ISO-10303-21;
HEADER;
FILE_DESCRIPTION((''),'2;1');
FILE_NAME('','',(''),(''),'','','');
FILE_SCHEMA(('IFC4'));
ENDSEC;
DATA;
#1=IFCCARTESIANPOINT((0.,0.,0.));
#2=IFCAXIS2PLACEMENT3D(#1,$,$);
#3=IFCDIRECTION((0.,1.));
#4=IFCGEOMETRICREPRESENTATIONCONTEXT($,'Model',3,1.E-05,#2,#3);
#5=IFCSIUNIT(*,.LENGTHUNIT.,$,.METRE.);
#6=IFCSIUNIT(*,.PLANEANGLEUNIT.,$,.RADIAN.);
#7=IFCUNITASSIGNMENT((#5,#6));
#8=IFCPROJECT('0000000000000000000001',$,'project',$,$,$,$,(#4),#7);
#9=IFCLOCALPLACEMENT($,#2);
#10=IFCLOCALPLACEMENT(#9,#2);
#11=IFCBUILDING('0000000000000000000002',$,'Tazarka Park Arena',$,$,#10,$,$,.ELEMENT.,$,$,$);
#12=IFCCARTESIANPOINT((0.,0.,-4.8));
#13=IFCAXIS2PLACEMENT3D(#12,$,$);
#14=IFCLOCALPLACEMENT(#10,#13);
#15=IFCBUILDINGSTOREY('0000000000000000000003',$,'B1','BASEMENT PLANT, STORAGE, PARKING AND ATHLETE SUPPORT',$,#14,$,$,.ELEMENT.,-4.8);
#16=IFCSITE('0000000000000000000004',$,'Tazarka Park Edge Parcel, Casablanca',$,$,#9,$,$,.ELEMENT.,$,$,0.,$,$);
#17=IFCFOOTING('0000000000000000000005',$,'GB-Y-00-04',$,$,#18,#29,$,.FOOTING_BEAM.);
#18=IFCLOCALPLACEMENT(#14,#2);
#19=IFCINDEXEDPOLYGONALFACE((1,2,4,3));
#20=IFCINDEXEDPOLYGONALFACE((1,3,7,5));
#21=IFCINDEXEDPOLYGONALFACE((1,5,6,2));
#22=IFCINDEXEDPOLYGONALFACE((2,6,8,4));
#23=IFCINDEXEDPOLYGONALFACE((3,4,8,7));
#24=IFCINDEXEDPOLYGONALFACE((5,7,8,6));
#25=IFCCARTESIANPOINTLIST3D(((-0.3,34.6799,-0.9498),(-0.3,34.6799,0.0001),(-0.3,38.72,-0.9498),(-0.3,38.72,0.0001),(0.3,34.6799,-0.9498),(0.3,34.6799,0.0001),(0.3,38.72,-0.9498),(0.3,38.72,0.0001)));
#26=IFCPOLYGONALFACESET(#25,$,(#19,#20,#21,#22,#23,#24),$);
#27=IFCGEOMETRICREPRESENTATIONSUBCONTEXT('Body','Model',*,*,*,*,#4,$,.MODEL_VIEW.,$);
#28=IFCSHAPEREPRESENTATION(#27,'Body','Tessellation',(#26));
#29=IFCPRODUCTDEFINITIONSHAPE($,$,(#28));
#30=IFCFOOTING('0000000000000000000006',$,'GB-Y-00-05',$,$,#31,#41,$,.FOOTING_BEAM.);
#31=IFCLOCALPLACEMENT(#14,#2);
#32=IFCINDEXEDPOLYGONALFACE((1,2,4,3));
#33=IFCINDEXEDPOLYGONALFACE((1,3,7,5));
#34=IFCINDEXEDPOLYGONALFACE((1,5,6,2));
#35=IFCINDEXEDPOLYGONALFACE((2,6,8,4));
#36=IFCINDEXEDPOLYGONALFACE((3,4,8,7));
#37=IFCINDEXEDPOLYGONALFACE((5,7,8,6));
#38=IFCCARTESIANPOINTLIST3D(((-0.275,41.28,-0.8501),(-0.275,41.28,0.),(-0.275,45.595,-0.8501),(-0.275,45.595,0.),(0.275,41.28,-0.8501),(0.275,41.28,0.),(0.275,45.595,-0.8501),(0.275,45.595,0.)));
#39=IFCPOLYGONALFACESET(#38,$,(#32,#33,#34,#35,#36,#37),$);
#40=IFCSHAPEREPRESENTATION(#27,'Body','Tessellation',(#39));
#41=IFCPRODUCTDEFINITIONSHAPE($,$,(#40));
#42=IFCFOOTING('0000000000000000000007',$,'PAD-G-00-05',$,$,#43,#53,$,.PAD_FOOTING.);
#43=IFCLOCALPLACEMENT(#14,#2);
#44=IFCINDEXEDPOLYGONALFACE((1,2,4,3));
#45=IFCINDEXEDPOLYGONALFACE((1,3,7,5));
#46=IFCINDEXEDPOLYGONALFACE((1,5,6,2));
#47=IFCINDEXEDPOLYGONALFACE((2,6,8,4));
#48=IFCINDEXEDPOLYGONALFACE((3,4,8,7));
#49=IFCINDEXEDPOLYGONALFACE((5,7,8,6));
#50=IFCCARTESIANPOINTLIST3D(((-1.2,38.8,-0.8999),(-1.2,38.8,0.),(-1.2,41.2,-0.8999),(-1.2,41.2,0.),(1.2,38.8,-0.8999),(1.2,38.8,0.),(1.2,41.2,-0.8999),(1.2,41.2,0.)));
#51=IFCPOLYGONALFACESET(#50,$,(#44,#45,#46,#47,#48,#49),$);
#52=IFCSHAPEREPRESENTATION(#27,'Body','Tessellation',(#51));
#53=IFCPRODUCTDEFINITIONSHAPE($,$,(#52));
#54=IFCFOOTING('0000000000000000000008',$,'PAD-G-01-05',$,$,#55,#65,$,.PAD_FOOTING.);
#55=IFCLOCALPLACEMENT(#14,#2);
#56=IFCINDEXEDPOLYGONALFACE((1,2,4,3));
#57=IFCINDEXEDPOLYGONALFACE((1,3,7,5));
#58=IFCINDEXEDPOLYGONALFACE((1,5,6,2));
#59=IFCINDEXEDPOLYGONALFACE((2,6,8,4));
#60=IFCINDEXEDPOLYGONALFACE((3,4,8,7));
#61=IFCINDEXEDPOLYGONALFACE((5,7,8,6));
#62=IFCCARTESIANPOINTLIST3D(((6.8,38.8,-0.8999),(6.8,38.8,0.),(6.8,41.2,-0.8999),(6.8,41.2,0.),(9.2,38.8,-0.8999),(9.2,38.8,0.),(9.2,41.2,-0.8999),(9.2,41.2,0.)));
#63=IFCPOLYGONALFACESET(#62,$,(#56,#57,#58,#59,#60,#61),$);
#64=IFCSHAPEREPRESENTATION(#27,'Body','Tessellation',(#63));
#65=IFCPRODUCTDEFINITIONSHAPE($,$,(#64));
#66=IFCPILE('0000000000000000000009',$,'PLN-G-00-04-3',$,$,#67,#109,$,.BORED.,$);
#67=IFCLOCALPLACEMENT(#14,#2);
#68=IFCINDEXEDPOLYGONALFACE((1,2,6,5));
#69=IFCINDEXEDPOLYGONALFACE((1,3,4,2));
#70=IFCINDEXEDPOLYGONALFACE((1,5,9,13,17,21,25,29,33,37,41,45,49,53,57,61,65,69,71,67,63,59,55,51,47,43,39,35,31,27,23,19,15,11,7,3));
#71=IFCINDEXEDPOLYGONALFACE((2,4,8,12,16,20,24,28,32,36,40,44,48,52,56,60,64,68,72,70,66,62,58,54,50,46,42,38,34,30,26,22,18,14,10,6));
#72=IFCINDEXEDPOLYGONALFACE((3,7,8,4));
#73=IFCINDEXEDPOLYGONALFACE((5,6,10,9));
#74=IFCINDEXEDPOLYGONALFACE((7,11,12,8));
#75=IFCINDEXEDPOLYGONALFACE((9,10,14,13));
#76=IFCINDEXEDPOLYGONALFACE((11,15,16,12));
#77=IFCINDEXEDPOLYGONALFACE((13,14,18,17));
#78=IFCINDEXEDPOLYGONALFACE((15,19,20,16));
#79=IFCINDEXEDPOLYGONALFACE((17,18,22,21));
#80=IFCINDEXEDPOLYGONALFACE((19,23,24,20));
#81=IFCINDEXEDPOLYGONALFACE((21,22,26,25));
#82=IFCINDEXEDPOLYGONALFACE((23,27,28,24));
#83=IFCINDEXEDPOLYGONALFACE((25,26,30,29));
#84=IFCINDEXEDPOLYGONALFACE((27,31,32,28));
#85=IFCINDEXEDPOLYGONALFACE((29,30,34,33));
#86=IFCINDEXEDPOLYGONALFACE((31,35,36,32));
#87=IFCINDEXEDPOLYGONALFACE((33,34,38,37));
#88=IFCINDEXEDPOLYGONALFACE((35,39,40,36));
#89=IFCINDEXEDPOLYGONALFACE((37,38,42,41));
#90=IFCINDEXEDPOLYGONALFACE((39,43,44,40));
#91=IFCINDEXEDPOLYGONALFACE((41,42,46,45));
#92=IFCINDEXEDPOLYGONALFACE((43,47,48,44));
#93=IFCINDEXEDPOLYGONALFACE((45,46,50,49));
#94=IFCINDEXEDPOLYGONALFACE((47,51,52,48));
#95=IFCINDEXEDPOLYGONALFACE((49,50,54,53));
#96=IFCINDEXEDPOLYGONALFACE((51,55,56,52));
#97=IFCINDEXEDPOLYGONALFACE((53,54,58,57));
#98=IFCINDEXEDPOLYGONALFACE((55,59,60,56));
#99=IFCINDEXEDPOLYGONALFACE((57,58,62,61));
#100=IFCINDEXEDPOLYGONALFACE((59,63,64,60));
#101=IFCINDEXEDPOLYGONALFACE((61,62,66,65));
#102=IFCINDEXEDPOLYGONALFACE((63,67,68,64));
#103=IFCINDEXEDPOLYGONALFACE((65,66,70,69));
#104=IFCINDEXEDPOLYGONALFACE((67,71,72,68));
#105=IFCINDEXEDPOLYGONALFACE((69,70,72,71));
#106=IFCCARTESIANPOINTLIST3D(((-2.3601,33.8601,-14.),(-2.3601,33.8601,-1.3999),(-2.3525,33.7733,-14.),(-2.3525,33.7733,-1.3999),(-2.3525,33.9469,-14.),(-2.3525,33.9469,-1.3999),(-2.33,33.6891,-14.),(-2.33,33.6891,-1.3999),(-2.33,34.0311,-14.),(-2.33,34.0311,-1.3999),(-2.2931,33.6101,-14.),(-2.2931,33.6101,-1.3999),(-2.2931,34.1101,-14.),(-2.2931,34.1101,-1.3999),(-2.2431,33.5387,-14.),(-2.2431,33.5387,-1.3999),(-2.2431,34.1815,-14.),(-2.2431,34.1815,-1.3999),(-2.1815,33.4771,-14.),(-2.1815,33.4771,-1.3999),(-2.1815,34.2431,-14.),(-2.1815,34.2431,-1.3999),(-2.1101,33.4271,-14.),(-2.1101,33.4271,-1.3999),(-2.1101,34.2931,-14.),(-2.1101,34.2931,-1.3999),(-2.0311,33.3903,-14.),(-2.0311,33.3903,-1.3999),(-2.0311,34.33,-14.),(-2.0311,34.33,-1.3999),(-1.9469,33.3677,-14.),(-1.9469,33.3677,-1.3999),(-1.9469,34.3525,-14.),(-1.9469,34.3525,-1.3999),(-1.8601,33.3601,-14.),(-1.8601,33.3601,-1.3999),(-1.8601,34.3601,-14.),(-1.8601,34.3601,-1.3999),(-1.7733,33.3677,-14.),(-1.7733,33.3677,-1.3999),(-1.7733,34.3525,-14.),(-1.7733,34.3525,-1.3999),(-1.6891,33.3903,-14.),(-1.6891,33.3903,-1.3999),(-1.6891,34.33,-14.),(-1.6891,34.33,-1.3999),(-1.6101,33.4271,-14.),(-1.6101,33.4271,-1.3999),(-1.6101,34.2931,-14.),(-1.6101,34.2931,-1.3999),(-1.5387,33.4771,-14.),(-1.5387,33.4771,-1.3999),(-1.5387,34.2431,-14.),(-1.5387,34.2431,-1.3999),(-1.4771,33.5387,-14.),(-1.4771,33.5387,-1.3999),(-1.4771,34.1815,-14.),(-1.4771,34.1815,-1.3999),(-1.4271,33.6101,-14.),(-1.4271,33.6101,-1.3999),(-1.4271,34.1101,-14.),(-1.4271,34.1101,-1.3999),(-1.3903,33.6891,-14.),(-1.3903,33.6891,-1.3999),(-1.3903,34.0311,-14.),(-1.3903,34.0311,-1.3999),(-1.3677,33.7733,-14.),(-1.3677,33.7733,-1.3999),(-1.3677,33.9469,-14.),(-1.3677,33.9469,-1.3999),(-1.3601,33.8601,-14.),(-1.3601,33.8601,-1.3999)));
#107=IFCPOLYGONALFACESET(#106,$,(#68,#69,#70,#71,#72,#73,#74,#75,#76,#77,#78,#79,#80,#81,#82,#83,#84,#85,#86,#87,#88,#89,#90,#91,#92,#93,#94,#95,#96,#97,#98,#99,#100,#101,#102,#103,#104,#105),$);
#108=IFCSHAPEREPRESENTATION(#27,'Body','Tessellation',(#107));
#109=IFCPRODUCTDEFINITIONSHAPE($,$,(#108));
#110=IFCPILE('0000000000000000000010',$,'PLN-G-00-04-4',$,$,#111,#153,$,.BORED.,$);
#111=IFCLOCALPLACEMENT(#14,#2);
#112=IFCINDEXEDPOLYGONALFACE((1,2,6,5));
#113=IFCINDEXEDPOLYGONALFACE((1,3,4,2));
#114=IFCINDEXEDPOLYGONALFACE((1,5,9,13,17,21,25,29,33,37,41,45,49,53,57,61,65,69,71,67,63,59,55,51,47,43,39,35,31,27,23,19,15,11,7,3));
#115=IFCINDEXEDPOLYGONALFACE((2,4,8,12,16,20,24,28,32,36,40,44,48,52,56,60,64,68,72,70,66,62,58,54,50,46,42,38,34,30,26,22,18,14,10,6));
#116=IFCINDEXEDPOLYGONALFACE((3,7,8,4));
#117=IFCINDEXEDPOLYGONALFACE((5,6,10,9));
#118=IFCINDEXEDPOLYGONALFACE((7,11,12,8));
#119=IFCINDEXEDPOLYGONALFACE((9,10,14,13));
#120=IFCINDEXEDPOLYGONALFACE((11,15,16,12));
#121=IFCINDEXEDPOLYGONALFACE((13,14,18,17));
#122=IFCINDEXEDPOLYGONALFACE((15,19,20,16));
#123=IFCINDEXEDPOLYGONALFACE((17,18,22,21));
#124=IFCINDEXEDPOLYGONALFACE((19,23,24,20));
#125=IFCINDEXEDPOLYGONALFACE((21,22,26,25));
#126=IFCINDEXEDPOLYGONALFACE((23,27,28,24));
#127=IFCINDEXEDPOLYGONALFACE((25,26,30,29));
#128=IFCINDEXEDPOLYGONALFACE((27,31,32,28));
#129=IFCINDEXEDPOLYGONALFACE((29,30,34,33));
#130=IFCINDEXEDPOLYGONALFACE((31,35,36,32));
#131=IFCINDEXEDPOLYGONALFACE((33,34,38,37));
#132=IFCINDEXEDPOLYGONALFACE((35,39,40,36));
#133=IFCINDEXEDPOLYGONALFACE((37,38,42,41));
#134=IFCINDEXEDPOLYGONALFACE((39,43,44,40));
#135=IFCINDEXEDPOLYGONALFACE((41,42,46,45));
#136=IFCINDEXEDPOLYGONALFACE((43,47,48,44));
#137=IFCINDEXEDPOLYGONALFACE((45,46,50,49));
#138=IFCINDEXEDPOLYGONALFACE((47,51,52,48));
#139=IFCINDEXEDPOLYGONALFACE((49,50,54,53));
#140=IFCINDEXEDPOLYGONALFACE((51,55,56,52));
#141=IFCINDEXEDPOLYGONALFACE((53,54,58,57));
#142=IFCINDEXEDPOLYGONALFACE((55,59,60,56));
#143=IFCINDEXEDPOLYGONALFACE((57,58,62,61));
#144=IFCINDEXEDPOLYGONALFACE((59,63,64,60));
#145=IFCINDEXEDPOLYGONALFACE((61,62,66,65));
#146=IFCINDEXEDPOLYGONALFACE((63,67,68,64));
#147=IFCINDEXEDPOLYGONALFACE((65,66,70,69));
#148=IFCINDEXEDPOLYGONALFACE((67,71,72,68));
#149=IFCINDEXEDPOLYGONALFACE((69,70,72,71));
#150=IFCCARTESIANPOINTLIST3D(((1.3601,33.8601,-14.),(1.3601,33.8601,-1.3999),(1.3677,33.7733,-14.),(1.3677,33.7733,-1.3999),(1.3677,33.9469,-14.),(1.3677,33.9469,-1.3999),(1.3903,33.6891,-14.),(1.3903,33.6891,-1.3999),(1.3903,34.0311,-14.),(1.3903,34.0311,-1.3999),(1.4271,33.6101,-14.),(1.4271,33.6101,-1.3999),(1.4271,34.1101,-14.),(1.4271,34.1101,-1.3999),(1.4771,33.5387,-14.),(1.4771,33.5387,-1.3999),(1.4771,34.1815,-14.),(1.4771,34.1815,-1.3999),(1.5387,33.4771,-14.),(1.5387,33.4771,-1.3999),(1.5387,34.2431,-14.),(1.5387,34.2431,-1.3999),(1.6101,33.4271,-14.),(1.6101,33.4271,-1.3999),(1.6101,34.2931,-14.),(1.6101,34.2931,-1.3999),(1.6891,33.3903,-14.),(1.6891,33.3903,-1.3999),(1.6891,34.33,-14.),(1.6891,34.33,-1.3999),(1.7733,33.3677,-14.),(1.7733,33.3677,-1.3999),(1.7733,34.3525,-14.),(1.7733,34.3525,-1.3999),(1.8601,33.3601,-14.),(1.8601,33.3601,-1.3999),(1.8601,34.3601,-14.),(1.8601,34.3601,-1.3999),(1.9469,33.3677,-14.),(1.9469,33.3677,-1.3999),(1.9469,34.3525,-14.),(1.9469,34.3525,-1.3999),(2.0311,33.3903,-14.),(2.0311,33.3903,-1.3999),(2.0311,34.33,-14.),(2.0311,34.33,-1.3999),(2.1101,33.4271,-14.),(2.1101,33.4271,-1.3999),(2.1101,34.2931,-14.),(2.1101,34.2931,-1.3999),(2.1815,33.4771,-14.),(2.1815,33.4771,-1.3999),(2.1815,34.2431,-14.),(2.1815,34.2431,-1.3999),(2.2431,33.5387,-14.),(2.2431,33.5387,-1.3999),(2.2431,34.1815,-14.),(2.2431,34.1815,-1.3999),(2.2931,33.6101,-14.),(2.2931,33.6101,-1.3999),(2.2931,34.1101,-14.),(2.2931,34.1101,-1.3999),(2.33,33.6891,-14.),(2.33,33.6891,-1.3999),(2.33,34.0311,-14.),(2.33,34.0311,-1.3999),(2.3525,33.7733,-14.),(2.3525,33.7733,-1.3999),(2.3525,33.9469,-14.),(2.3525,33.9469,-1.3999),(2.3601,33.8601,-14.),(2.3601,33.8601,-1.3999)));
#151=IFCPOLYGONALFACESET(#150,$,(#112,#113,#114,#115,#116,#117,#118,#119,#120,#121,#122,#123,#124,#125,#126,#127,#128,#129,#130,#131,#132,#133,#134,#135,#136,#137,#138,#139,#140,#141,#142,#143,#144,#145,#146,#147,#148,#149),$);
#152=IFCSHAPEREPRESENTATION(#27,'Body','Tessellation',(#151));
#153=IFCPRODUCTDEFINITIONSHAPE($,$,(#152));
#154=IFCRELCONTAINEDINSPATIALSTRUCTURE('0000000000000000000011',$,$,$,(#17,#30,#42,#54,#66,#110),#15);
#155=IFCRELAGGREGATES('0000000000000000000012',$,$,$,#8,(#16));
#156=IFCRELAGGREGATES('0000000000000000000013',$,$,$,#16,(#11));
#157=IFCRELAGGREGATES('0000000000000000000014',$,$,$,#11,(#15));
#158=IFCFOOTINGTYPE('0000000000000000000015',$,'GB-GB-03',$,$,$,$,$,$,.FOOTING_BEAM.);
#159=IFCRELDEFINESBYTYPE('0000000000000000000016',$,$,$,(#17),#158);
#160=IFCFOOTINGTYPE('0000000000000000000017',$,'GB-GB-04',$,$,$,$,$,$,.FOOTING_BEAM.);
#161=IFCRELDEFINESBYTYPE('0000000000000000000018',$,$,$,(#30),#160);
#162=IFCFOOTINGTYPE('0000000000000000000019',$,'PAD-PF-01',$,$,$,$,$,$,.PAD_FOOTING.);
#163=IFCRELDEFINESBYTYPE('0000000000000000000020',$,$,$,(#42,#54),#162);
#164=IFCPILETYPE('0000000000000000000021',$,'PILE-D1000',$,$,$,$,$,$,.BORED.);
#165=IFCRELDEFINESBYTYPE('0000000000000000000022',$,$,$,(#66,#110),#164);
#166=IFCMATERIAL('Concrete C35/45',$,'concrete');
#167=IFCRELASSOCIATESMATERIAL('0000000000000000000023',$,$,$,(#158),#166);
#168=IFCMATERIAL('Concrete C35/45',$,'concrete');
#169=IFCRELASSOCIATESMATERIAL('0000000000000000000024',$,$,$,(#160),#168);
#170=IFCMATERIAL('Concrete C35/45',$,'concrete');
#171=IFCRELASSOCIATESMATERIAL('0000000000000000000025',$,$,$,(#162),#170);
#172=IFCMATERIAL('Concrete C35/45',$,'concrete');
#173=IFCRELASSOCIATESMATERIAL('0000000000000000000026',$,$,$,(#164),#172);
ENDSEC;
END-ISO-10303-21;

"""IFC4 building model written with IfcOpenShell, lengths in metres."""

from ifc_helpers import new_model, si_unit, direction, frame, origin, origin_2d, place, context, subcontext, project, spatial, rectangle, circle, extrude, material, material_profile, profile_set, type_object, element, save


model = new_model("IFC4")

# Units and contexts
model_context = context("Model", 3, precision=1e-05, world=origin(), true_north=direction((0.0, 1.0)))
body_context = subcontext(model_context, "Body", "Model", "MODEL_VIEW")
ifc_project = project(units=[si_unit("LENGTHUNIT", "METRE"), si_unit("PLANEANGLEUNIT", "RADIAN")], contexts=[model_context])

# Site, building, storey
site_placement = place(None, origin())
site = spatial("IfcSite", under=ifc_project, at=site_placement, Name="Tazarka Park Edge Parcel, Casablanca", CompositionType="ELEMENT", RefElevation=0.0)
building_placement = place(site_placement, origin())
building = spatial("IfcBuilding", under=site, at=building_placement, Name="Tazarka Park Arena", CompositionType="ELEMENT")
storey_placement = place(building_placement, frame((0.0, 0.0, -4.8)))
storey = spatial("IfcBuildingStorey", under=building, at=storey_placement, Name="B1", Description="BASEMENT PLANT, STORAGE, PARKING AND ATHLETE SUPPORT", CompositionType="ELEMENT", Elevation=-4.8)

# Footings
ifc_material_1 = material(Name="Concrete C35/45", Category="concrete")
ifc_material_profile_1 = material_profile(ifc_material_1, rectangle(XDim=0.6001, YDim=0.95, at=origin_2d()), Name="Concrete C35/45")
ifc_profile_set_1 = profile_set([ifc_material_profile_1], Name="Concrete C35/45")
footing_type_1 = type_object("IfcFootingType", Name="GB-GB-03", PredefinedType="FOOTING_BEAM", material=ifc_profile_set_1)
footing_1_placement = place(storey_placement, frame((0.0, 34.6799, -0.4749), z_axis=(0.0, 1.0, 0.0), x_axis=(-1.0, 0.0, 0.0)))
element("IfcFooting", 1, at=footing_1_placement, inside=storey, type_object=footing_type_1, Name="GB-Y-00-04", PredefinedType="FOOTING_BEAM", context=body_context, shape_type="SweptSolid", body=[
    extrude(rectangle(XDim=0.6001, YDim=0.95, at=origin_2d()), origin(), (0.0, 0.0, 1.0), 4.04),
])
ifc_material_2 = material(Name="Concrete C35/45", Category="concrete")
ifc_material_profile_2 = material_profile(ifc_material_2, rectangle(XDim=0.55, YDim=0.8501, at=origin_2d()), Name="Concrete C35/45")
ifc_profile_set_2 = profile_set([ifc_material_profile_2], Name="Concrete C35/45")
footing_type_2 = type_object("IfcFootingType", Name="GB-GB-04", PredefinedType="FOOTING_BEAM", material=ifc_profile_set_2)
footing_2_placement = place(storey_placement, frame((0.0, 41.28, -0.425), z_axis=(0.0, 1.0, 0.0), x_axis=(-1.0, 0.0, 0.0)))
element("IfcFooting", 2, at=footing_2_placement, inside=storey, type_object=footing_type_2, Name="GB-Y-00-05", PredefinedType="FOOTING_BEAM", context=body_context, shape_type="SweptSolid", body=[
    extrude(rectangle(XDim=0.55, YDim=0.8501, at=origin_2d()), origin(), (0.0, 0.0, 1.0), 4.3149),
])
ifc_material_3 = material(Name="Concrete C35/45", Category="concrete")
footing_type_3 = type_object("IfcFootingType", Name="PAD-PF-01", PredefinedType="PAD_FOOTING", material=ifc_material_3)
for number, where, z_axis, x_axis, name in (
    (3, (0.0, 40.0, -0.8999), (0.0, 0.0, 1.0), (1.0, 0.0, 0.0), "PAD-G-00-05"),
    (4, (8.0, 40.0, -0.8999), (0.0, 0.0, 1.0), (1.0, 0.0, 0.0), "PAD-G-01-05"),
):
    element("IfcFooting", number, at=place(storey_placement, frame(where, z_axis=z_axis, x_axis=x_axis)), inside=storey, type_object=footing_type_3, Name=name, PredefinedType="PAD_FOOTING", context=body_context, shape_type="SweptSolid", body=[
        extrude(rectangle(XDim=2.3999, YDim=2.3999, at=origin_2d()), origin(), (0.0, 0.0, 1.0), 0.8999),
    ])

# Piles
ifc_material_4 = material(Name="Concrete C35/45", Category="concrete")
ifc_material_profile_3 = material_profile(ifc_material_4, circle(Radius=0.5, at=origin_2d()), Name="Concrete C35/45")
ifc_profile_set_3 = profile_set([ifc_material_profile_3], Name="Concrete C35/45")
pile_type_1 = type_object("IfcPileType", Name="PILE-D1000", PredefinedType="BORED", material=ifc_profile_set_3)
for number, where, z_axis, x_axis, name in (
    (5, (-1.8601, 33.8601, -1.3999), (0.0, 0.0, -1.0), (1.0, 0.0, 0.0), "PLN-G-00-04-3"),
    (6, (1.8601, 33.8601, -1.3999), (0.0, 0.0, -1.0), (1.0, 0.0, 0.0), "PLN-G-00-04-4"),
):
    element("IfcPile", number, at=place(storey_placement, frame(where, z_axis=z_axis, x_axis=x_axis)), inside=storey, type_object=pile_type_1, Name=name, PredefinedType="BORED", context=body_context, shape_type="SweptSolid", body=[
        extrude(circle(Radius=0.5, at=origin_2d()), origin(), (0.0, 0.0, 1.0), 12.6001),
    ])

save(model, "model.ifc")
